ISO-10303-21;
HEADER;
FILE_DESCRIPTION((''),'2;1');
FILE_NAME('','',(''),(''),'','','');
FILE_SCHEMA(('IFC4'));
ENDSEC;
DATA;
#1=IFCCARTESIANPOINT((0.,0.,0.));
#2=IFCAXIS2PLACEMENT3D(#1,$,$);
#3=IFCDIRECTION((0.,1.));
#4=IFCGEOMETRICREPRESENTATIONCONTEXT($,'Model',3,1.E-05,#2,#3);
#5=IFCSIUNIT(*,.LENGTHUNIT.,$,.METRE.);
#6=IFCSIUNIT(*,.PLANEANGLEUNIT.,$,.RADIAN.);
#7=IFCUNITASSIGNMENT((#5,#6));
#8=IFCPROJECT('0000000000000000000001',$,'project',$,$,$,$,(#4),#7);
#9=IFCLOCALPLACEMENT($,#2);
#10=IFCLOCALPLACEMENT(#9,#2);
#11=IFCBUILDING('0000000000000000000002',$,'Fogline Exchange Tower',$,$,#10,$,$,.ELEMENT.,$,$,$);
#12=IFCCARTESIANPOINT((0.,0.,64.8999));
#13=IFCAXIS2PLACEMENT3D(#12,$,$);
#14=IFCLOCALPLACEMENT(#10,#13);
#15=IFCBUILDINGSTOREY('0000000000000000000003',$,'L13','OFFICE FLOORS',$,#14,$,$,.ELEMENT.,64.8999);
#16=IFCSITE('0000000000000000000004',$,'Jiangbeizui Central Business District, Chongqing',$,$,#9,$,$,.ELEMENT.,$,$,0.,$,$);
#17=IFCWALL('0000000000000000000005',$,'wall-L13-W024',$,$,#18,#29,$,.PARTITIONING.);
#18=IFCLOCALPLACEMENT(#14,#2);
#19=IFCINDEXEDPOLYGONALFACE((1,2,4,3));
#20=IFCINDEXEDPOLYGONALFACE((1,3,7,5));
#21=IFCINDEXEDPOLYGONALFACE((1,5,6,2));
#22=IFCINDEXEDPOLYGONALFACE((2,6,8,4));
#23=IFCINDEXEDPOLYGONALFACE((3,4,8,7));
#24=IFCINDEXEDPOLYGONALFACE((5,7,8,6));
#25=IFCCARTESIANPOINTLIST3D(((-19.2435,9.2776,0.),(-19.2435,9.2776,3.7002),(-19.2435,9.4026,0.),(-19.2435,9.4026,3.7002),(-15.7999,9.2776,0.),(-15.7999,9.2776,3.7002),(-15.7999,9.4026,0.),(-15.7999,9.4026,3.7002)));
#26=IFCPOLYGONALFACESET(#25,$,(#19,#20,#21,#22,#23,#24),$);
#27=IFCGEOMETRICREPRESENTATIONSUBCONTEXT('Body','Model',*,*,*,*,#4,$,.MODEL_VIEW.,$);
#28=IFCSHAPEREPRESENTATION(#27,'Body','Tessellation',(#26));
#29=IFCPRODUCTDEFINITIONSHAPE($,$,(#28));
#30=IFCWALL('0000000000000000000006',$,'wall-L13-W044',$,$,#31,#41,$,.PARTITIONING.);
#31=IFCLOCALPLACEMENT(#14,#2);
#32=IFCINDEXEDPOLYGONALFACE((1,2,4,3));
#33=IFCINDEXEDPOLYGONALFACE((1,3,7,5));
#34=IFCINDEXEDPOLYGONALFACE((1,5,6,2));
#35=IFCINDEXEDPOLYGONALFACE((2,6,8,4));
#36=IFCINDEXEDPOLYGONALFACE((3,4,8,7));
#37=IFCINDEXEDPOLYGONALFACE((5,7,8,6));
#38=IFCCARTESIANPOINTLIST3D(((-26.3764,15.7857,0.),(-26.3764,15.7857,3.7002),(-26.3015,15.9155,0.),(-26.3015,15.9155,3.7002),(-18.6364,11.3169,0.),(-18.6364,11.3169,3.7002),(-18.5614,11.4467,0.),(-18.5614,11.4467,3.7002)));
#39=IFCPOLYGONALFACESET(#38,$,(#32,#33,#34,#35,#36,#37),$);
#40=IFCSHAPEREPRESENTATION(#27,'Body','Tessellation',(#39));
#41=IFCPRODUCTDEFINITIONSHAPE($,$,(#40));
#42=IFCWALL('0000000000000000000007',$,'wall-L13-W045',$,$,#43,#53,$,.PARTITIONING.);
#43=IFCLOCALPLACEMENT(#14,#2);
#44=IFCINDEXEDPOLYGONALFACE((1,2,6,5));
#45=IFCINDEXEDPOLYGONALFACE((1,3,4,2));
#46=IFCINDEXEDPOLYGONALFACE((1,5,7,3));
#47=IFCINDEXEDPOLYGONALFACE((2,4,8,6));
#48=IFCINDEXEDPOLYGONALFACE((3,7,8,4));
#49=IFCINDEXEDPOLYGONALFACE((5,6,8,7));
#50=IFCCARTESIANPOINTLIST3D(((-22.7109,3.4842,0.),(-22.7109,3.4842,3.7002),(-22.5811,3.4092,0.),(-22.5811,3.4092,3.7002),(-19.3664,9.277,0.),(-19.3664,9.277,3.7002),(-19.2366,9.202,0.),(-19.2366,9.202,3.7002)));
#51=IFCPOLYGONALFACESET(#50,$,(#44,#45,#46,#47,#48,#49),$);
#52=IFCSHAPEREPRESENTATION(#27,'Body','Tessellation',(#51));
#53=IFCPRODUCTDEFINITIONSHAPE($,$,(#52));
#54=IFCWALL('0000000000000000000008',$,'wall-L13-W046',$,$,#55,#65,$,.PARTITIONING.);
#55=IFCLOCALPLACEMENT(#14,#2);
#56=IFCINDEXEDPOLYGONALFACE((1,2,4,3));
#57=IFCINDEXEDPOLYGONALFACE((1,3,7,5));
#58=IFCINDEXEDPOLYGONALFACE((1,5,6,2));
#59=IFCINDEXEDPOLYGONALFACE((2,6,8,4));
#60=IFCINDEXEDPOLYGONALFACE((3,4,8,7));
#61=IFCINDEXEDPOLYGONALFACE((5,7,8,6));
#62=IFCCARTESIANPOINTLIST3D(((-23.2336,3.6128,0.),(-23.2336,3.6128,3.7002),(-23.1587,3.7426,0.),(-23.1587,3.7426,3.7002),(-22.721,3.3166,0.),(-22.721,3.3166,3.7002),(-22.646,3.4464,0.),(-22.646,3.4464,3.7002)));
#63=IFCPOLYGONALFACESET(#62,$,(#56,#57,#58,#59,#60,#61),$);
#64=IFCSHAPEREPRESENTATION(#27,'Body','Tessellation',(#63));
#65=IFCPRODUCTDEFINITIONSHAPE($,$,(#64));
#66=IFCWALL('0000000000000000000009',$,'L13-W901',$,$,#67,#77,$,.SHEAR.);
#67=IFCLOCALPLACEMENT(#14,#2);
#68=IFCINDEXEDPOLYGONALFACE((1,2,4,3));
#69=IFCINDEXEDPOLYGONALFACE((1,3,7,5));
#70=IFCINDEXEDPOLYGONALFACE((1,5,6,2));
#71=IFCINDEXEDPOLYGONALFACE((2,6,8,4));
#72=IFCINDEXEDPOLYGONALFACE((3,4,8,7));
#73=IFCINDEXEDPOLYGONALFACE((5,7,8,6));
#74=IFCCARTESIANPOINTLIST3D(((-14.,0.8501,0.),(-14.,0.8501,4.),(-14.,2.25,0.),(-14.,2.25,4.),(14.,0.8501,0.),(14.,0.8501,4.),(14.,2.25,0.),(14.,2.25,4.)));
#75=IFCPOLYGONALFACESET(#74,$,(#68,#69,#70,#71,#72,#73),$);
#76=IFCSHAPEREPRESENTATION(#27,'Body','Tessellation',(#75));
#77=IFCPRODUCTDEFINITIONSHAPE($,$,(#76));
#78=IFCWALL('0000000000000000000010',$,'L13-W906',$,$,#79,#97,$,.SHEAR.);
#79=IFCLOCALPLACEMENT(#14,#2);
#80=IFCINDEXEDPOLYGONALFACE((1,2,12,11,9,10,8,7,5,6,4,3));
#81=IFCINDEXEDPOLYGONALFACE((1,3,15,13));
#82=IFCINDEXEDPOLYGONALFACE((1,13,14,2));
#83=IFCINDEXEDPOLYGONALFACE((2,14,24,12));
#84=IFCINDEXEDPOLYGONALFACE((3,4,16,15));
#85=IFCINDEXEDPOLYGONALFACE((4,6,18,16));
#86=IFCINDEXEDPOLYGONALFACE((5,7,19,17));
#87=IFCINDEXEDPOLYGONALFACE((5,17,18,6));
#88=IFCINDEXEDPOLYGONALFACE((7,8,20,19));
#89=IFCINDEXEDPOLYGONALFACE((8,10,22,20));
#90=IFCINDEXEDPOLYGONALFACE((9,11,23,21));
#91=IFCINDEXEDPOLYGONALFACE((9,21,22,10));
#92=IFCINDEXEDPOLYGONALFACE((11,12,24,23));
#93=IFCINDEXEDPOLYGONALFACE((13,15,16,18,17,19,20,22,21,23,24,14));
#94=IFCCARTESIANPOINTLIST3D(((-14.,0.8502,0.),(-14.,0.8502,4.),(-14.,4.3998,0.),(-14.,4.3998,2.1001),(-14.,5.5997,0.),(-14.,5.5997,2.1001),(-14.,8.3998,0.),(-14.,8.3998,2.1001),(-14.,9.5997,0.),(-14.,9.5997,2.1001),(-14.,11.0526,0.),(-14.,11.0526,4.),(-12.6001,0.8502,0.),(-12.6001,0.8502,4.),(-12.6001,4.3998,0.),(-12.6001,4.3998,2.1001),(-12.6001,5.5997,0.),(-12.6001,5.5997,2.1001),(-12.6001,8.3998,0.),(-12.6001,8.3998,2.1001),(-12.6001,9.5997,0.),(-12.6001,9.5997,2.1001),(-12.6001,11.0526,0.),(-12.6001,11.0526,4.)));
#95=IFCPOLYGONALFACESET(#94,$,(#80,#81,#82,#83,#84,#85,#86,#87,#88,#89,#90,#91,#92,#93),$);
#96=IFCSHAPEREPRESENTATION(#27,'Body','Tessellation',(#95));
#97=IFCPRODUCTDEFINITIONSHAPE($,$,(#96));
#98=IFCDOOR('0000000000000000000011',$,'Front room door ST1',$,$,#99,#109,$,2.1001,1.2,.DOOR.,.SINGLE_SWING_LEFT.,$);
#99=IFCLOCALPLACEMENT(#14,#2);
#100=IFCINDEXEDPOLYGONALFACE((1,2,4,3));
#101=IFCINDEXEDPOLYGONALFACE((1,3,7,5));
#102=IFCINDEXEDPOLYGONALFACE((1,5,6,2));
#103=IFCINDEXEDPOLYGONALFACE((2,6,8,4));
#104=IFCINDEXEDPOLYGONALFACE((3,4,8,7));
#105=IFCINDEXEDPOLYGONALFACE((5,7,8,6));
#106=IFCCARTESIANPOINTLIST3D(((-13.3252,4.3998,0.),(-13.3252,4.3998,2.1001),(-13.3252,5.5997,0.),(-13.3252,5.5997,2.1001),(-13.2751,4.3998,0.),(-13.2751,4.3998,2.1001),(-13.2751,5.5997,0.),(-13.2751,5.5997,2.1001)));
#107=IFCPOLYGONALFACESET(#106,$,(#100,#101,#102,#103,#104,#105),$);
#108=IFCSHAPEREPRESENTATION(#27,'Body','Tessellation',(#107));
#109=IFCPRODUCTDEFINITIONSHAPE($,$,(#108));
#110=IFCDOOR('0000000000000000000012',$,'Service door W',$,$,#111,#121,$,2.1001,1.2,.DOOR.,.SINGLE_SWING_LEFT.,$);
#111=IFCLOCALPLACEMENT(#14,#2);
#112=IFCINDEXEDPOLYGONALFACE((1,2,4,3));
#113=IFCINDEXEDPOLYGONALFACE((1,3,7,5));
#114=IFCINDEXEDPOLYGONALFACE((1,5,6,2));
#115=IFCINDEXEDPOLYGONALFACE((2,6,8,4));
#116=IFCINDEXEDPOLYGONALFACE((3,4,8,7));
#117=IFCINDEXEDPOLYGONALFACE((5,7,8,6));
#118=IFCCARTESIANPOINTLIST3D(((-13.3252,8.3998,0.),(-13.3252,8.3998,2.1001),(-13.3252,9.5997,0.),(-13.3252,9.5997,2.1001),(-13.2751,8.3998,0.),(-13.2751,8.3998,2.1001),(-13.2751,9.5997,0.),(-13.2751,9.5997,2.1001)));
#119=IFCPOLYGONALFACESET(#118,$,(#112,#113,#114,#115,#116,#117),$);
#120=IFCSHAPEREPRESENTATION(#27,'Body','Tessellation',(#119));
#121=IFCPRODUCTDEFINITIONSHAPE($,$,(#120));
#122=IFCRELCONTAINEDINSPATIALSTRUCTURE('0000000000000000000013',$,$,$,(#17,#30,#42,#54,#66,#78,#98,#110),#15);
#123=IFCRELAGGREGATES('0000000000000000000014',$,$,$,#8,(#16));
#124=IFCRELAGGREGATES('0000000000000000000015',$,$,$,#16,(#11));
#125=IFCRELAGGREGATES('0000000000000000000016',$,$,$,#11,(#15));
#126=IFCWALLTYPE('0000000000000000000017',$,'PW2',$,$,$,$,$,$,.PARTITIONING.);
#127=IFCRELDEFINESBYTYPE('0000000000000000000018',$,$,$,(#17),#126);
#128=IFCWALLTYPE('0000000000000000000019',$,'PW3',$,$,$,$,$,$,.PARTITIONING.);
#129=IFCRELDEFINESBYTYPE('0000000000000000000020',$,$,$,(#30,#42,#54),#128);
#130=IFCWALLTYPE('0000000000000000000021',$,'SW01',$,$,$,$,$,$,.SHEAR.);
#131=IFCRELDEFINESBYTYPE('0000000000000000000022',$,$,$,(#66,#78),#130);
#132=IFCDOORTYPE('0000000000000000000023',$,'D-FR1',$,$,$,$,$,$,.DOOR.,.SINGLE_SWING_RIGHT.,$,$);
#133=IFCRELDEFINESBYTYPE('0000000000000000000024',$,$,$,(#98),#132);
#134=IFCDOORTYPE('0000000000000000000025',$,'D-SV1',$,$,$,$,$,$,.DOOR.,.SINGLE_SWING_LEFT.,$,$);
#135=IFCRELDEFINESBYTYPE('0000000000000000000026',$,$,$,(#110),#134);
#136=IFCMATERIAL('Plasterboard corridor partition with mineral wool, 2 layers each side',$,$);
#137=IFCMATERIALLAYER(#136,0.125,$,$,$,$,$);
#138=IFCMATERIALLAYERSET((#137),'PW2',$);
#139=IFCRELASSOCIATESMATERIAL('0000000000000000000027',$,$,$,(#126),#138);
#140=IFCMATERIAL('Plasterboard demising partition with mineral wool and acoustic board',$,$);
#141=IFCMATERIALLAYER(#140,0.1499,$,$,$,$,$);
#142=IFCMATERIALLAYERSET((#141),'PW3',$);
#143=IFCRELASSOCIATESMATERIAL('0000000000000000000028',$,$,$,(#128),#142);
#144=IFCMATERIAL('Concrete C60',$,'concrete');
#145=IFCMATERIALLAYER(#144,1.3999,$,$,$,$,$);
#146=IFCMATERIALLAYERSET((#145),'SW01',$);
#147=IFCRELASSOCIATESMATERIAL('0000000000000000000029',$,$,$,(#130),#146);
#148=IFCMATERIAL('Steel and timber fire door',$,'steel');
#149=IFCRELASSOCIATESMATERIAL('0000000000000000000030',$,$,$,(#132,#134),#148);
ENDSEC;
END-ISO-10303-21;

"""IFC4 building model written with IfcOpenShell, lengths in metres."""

from ifc_helpers import new_model, si_unit, direction, frame, frame_2d, origin, place, context, subcontext, project, spatial, rectangle, extrude, material, layer, layer_set, type_object, element, fill, save


model = new_model("IFC4")

# Units and contexts
model_context = context("Model", 3, precision=1e-05, world=origin(), true_north=direction((0.0, 1.0)))
body_context = subcontext(model_context, "Body", "Model", "MODEL_VIEW")
ifc_project = project(units=[si_unit("LENGTHUNIT", "METRE"), si_unit("PLANEANGLEUNIT", "RADIAN")], contexts=[model_context])

# Site, building, storey
site_placement = place(None, origin())
site = spatial("IfcSite", under=ifc_project, at=site_placement, Name="Jiangbeizui Central Business District, Chongqing", CompositionType="ELEMENT", RefElevation=0.0)
building_placement = place(site_placement, origin())
building = spatial("IfcBuilding", under=site, at=building_placement, Name="Fogline Exchange Tower", CompositionType="ELEMENT")
storey_placement = place(building_placement, frame((0.0, 0.0, 64.8999)))
storey = spatial("IfcBuildingStorey", under=building, at=storey_placement, Name="L13", Description="OFFICE FLOORS", CompositionType="ELEMENT", Elevation=64.8999)

# Shared definitions
ifc_material_1 = material(Name="Plasterboard corridor partition with mineral wool, 2 layers each side")
ifc_layer_1 = layer(ifc_material_1, 0.125)
ifc_layer_set_1 = layer_set([ifc_layer_1], Name="PW2")
wall_type_1 = type_object("IfcWallType", Name="PW2", PredefinedType="PARTITIONING", material=ifc_layer_set_1)

# Walls
wall_1_placement = place(storey_placement, frame((-15.8, 9.3401, 0.0), z_axis=(0.0, 0.0, 1.0), x_axis=(-1.0, 0.0, 0.0)))
element("IfcWall", 1, at=wall_1_placement, inside=storey, type_object=wall_type_1, Name="wall-L13-W024", PredefinedType="PARTITIONING", context=body_context, shape_type="SweptSolid", body=[
    extrude(rectangle(XDim=3.4436, YDim=0.125, at=frame_2d((1.7217, 0.0))), origin(), (0.0, 0.0, 1.0), 3.7002),
])
ifc_material_2 = material(Name="Plasterboard demising partition with mineral wool and acoustic board")
ifc_layer_2 = layer(ifc_material_2, 0.1499)
ifc_layer_set_2 = layer_set([ifc_layer_2], Name="PW3")
wall_type_2 = type_object("IfcWallType", Name="PW3", PredefinedType="PARTITIONING", material=ifc_layer_set_2)
wall_2_placement = place(storey_placement, frame((-18.5989, 11.3818, 0.0), z_axis=(0.0, 0.0, 1.0), x_axis=(-0.866022, 0.500005, 0.0)))
element("IfcWall", 2, at=wall_2_placement, inside=storey, type_object=wall_type_2, Name="wall-L13-W044", PredefinedType="PARTITIONING", context=body_context, shape_type="SweptSolid", body=[
    extrude(rectangle(XDim=8.9375, YDim=0.1499, at=frame_2d((4.4688, 0.0))), origin(), (0.0, 0.0, 1.0), 3.7002),
])
wall_3_placement = place(storey_placement, frame((-19.3015, 9.2395, 0.0), z_axis=(0.0, 0.0, 1.0), x_axis=(-0.500006, -0.866022, 0.0)))
element("IfcWall", 3, at=wall_3_placement, inside=storey, type_object=wall_type_2, Name="wall-L13-W045", PredefinedType="PARTITIONING", context=body_context, shape_type="SweptSolid", body=[
    extrude(rectangle(XDim=6.689, YDim=0.1499, at=frame_2d((3.3445, 0.0))), origin(), (0.0, 0.0, 1.0), 3.7002),
])
wall_4_placement = place(storey_placement, frame((-22.6836, 3.3816, 0.0), z_axis=(0.0, 0.0, 1.0), x_axis=(-0.865925, 0.500175, 0.0)))
element("IfcWall", 4, at=wall_4_placement, inside=storey, type_object=wall_type_2, Name="wall-L13-W046", PredefinedType="PARTITIONING", context=body_context, shape_type="SweptSolid", body=[
    extrude(rectangle(XDim=0.592, YDim=0.1499, at=frame_2d((0.2959, 0.0))), origin(), (0.0, 0.0, 1.0), 3.7002),
])
ifc_material_3 = material(Name="Concrete C60", Category="concrete")
ifc_layer_3 = layer(ifc_material_3, 1.3999)
ifc_layer_set_3 = layer_set([ifc_layer_3], Name="SW01")
wall_type_3 = type_object("IfcWallType", Name="SW01", PredefinedType="SHEAR", material=ifc_layer_set_3)
wall_5_placement = place(storey_placement, frame((-14.0, 1.55, 0.0), z_axis=(0.0, 0.0, 1.0), x_axis=(1.0, 0.0, 0.0)))
element("IfcWall", 5, at=wall_5_placement, inside=storey, type_object=wall_type_3, Name="L13-W901", PredefinedType="SHEAR", context=body_context, shape_type="SweptSolid", body=[
    extrude(rectangle(XDim=28.0, YDim=1.3999, at=frame_2d((14.0, 0.0))), origin(), (0.0, 0.0, 1.0), 4.0),
])

# Wall, openings, doors
wall_6_placement = place(storey_placement, frame((-13.3, 11.0525, 0.0), z_axis=(0.0, 0.0, 1.0), x_axis=(0.0, -1.0, 0.0)))
wall_6 = element("IfcWall", 6, at=wall_6_placement, inside=storey, type_object=wall_type_3, Name="L13-W906", PredefinedType="SHEAR", context=body_context, shape_type="SweptSolid", body=[
    extrude(rectangle(XDim=10.2024, YDim=1.3999, at=frame_2d((5.1011, 0.0))), origin(), (0.0, 0.0, 1.0), 4.0),
])
opening_1_placement = place(wall_6_placement, frame((5.4526, 0.0, 0.0)))
opening_1 = element("IfcOpeningElement", 7, at=opening_1_placement, cuts=wall_6, PredefinedType="OPENING", context=body_context, shape_type="SweptSolid", body=[
    extrude(rectangle(XDim=1.2, YDim=2.1001, at=frame_2d((0.6001, 1.05))), frame((0.0, 0.71, 0.0), z_axis=(0.0, -1.0, 0.0), x_axis=(1.0, 0.0, 0.0)), (0.0, 0.0, 1.0), 1.4199),
])
opening_2_placement = place(wall_6_placement, frame((1.4526, 0.0, 0.0)))
opening_2 = element("IfcOpeningElement", 8, at=opening_2_placement, cuts=wall_6, PredefinedType="OPENING", context=body_context, shape_type="SweptSolid", body=[
    extrude(rectangle(XDim=1.2, YDim=2.1001, at=frame_2d((0.6001, 1.05))), frame((0.0, 0.71, 0.0), z_axis=(0.0, -1.0, 0.0), x_axis=(1.0, 0.0, 0.0)), (0.0, 0.0, 1.0), 1.4199),
])
ifc_material_4 = material(Name="Steel and timber fire door", Category="steel")
door_type_1 = type_object("IfcDoorType", Name="D-FR1", OperationType="SINGLE_SWING_RIGHT", PredefinedType="DOOR", material=ifc_material_4)
door_1_placement = place(opening_1_placement, origin())
door_1 = element("IfcDoor", 9, at=door_1_placement, inside=storey, type_object=door_type_1, Name="Front room door ST1", OperationType="SINGLE_SWING_LEFT", OverallHeight=2.1001, OverallWidth=1.2, PredefinedType="DOOR", context=body_context, shape_type="SweptSolid", body=[
    extrude(rectangle(XDim=1.2, YDim=2.1001, at=frame_2d((0.6001, 1.05))), frame((0.0, 0.0249, 0.0), z_axis=(0.0, -1.0, 0.0), x_axis=(1.0, 0.0, 0.0)), (0.0, 0.0, 1.0), 0.05),
])
fill(opening_1, door_1)
door_type_2 = type_object("IfcDoorType", Name="D-SV1", OperationType="SINGLE_SWING_LEFT", PredefinedType="DOOR", material=ifc_material_4)
door_2_placement = place(opening_2_placement, origin())
door_2 = element("IfcDoor", 10, at=door_2_placement, inside=storey, type_object=door_type_2, Name="Service door W", OperationType="SINGLE_SWING_LEFT", OverallHeight=2.1001, OverallWidth=1.2, PredefinedType="DOOR", context=body_context, shape_type="SweptSolid", body=[
    extrude(rectangle(XDim=1.2, YDim=2.1001, at=frame_2d((0.6001, 1.05))), frame((0.0, 0.0249, 0.0), z_axis=(0.0, -1.0, 0.0), x_axis=(1.0, 0.0, 0.0)), (0.0, 0.0, 1.0), 0.05),
])
fill(opening_2, door_2)

save(model, "model.ifc")
